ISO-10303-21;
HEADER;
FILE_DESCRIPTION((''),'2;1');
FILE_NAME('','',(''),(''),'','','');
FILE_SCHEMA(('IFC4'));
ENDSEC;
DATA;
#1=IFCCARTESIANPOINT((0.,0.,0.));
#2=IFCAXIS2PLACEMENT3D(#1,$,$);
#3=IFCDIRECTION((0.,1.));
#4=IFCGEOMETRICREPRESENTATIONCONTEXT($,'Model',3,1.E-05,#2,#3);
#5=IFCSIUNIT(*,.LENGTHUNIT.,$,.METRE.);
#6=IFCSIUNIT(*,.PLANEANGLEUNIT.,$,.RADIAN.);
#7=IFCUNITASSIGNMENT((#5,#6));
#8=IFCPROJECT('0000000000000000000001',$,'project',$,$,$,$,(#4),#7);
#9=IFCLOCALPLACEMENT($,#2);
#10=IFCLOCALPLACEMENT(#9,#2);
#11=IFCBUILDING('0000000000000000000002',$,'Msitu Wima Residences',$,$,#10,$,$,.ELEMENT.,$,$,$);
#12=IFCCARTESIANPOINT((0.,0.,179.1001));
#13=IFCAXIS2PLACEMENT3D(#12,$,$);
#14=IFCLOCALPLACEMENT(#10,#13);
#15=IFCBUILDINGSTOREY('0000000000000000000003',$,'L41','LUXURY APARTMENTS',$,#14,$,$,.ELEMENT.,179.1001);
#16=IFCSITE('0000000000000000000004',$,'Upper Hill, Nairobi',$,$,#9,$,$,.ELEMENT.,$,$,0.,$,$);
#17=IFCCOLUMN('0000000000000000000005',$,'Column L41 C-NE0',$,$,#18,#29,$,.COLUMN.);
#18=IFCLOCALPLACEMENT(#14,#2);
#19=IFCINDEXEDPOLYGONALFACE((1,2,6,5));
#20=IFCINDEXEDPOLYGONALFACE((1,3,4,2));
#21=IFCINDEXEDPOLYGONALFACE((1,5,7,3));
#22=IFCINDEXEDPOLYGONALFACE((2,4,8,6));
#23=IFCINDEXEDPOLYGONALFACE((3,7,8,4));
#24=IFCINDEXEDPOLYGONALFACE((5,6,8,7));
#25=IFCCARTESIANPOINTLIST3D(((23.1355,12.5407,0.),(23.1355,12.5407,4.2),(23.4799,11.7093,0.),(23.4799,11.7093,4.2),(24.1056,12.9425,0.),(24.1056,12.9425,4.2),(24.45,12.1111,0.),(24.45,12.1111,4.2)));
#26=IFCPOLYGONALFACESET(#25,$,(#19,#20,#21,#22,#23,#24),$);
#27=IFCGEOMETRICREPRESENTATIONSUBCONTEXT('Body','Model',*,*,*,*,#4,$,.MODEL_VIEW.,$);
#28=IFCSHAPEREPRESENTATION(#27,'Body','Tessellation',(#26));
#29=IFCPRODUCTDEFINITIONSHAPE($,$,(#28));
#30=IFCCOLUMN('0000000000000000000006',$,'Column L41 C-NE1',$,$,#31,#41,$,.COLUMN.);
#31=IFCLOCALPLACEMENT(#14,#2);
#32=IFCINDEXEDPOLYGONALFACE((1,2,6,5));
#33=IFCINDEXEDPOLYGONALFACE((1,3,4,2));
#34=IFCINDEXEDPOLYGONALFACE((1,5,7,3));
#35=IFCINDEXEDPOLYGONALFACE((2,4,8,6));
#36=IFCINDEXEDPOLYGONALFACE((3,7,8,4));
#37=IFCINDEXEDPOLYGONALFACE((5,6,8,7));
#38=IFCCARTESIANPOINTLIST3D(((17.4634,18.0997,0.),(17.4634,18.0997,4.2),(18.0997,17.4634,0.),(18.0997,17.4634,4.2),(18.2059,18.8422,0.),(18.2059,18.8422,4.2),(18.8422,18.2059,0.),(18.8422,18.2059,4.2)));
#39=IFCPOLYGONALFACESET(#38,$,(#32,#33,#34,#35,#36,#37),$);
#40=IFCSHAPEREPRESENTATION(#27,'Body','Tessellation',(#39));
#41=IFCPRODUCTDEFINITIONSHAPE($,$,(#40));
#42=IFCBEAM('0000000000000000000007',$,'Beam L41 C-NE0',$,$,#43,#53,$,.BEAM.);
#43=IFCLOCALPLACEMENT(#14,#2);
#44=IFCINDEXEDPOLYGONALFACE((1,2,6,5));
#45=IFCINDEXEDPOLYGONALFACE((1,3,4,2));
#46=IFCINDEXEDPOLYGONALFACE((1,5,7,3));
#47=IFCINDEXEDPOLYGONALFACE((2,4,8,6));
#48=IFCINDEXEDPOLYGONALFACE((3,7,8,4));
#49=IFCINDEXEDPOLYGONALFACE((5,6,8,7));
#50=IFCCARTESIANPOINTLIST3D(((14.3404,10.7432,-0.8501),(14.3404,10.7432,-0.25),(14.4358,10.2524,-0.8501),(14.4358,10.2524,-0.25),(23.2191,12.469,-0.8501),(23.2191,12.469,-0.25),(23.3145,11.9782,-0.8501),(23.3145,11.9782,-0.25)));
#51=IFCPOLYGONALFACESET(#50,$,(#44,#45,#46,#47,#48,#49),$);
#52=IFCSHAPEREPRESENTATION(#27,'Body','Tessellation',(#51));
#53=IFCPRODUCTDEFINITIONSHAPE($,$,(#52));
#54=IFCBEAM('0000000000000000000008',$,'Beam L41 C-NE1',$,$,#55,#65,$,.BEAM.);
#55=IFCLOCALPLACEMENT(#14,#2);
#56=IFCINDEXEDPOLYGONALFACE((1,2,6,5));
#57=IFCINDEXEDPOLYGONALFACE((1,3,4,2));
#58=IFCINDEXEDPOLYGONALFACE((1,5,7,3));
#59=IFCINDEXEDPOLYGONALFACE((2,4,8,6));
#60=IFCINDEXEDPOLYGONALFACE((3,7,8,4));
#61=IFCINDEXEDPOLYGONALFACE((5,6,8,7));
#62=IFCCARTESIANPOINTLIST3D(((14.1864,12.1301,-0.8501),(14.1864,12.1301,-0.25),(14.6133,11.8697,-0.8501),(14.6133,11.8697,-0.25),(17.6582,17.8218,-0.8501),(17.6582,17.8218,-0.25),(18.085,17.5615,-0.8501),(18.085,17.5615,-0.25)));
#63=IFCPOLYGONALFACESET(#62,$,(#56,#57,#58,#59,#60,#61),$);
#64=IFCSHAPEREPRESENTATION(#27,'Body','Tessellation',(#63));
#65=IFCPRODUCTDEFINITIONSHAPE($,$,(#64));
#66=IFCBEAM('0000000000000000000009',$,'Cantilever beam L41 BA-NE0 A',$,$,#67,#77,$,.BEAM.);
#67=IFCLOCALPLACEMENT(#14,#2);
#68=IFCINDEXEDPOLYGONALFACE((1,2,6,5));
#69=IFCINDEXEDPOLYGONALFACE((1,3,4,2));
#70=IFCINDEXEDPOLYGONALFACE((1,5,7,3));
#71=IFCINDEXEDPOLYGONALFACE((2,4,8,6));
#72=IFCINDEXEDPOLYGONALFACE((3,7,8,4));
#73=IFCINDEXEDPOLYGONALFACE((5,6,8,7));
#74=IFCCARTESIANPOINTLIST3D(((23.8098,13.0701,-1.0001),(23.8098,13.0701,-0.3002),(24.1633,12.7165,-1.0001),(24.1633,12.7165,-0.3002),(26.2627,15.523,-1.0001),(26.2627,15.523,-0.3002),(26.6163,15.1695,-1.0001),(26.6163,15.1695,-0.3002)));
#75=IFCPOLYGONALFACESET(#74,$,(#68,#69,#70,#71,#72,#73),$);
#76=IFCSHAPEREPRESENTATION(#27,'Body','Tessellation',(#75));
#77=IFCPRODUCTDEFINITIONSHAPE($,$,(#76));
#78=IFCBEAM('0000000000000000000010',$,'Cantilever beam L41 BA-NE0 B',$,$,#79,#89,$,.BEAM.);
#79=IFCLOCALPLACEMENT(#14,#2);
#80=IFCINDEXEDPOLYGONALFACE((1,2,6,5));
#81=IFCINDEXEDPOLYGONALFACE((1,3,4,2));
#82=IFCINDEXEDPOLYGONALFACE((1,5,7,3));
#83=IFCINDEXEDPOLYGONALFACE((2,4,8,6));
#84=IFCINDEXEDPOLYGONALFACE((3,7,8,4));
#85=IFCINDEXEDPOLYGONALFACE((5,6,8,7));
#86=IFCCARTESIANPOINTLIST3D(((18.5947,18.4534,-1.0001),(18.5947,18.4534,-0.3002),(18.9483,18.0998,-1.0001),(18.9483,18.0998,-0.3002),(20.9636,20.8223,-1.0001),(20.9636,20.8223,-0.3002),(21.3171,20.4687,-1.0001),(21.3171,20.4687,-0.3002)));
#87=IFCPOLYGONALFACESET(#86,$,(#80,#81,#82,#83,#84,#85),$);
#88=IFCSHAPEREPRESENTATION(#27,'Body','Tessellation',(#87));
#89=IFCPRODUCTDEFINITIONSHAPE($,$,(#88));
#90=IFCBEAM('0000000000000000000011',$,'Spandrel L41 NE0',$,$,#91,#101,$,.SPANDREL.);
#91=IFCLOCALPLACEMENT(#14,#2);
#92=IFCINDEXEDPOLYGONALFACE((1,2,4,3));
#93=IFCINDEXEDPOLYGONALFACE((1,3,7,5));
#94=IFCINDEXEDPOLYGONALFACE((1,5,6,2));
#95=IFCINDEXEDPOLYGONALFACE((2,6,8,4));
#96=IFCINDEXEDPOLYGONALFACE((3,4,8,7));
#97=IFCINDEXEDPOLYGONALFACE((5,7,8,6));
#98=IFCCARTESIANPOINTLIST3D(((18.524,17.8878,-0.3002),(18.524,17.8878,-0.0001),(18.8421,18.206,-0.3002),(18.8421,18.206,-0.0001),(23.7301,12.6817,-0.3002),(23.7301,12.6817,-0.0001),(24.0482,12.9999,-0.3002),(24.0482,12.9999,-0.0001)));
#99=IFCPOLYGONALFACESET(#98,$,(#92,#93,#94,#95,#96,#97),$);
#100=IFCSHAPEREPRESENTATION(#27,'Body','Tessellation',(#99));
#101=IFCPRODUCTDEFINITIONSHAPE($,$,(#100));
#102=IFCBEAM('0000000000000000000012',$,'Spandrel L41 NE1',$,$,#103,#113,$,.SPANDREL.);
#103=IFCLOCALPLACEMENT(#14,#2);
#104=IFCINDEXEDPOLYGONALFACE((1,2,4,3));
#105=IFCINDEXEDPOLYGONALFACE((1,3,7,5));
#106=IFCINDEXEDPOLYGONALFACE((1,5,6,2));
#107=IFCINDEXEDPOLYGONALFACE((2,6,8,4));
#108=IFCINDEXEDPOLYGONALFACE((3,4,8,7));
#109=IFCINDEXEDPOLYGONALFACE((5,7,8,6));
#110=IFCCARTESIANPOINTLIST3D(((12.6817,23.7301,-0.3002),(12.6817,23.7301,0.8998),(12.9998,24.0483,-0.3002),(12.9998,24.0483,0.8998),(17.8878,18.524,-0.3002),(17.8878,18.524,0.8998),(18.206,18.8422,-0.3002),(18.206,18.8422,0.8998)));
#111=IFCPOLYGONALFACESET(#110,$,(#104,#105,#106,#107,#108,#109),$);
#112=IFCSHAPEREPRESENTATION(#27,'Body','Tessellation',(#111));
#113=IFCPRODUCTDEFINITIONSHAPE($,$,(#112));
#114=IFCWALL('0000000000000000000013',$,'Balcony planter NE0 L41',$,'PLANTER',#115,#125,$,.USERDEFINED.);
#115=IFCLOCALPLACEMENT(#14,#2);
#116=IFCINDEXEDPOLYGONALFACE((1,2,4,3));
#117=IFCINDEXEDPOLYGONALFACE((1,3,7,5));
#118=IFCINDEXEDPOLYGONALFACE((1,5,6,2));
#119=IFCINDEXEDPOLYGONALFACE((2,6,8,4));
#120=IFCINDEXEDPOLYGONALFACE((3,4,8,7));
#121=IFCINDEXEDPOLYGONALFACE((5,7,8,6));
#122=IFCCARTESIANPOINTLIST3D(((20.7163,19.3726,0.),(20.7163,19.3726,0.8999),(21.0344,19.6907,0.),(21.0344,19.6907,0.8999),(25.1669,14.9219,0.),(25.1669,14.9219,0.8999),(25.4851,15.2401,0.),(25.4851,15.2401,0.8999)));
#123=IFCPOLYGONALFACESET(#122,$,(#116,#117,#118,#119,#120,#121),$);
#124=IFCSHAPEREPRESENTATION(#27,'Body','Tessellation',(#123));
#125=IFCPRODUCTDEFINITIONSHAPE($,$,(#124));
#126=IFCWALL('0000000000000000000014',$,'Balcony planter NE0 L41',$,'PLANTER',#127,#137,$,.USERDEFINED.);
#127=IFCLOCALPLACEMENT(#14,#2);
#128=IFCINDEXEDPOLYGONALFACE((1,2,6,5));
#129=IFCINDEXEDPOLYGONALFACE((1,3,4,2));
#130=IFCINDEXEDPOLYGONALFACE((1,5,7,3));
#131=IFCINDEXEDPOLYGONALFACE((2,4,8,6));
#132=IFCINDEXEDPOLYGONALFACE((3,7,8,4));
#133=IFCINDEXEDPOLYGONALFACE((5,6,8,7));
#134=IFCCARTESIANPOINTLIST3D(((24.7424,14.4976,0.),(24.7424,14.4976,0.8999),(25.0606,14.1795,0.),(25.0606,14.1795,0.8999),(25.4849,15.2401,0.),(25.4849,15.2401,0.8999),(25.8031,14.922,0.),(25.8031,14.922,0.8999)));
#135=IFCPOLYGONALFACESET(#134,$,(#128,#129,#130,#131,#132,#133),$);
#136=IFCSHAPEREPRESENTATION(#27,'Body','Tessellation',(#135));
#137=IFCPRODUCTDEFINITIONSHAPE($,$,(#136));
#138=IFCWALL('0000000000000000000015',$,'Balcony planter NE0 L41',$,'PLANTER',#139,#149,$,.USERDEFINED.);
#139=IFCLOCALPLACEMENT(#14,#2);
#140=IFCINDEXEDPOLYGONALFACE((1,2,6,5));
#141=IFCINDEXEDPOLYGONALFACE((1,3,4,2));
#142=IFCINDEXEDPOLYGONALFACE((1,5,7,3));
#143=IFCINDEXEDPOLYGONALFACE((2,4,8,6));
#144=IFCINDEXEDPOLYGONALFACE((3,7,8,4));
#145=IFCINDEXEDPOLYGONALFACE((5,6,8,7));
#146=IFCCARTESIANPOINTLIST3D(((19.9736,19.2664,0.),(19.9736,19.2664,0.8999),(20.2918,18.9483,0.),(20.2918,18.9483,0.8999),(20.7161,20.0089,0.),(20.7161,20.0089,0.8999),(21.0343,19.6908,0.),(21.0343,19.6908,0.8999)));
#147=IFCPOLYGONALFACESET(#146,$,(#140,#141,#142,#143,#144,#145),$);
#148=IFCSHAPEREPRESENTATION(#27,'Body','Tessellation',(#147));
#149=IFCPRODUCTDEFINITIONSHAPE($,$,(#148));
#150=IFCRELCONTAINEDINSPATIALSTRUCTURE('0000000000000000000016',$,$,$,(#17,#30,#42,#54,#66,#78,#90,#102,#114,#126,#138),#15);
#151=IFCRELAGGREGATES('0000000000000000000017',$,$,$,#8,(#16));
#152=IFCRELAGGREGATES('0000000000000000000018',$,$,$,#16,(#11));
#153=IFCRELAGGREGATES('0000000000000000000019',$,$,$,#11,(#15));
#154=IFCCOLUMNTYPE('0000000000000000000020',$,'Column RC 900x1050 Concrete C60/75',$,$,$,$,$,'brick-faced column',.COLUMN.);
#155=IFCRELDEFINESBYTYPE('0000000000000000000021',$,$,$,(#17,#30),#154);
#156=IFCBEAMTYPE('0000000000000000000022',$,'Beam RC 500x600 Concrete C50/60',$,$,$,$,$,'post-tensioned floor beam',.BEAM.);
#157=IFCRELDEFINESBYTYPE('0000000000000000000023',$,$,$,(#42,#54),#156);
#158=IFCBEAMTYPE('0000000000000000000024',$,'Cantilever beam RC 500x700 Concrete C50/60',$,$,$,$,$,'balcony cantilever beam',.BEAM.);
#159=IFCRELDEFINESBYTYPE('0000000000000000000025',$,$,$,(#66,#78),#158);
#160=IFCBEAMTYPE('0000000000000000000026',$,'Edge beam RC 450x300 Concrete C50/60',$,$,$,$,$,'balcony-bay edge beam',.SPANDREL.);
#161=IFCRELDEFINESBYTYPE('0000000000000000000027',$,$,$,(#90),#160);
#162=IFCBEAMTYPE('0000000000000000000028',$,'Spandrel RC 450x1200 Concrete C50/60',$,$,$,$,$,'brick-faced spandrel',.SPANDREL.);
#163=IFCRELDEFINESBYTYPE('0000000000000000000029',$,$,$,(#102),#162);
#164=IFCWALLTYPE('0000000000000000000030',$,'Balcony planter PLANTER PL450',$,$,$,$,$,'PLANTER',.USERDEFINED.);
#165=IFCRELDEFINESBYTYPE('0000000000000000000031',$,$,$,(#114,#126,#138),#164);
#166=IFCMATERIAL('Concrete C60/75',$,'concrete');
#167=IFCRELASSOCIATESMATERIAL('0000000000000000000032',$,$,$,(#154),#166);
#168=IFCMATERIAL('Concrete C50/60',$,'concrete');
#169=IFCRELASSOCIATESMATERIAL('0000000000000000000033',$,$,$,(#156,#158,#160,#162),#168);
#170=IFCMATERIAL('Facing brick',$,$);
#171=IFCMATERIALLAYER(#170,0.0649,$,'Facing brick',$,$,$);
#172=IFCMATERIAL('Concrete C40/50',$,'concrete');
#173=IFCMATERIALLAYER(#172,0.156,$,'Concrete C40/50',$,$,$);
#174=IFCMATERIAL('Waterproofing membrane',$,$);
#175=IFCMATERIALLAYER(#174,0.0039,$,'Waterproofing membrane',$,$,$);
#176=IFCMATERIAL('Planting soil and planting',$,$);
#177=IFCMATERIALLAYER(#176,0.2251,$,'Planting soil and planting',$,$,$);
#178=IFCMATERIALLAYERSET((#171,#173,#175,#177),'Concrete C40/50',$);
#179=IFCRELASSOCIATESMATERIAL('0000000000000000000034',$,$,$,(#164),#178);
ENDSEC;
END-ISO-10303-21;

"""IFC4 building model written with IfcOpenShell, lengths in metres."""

from ifc_helpers import new_model, si_unit, direction, frame, frame_2d, origin, origin_2d, place, context, subcontext, project, spatial, rectangle, extrude, material, layer, layer_set, material_profile, profile_set, type_object, element, save


model = new_model("IFC4")

# Units and contexts
model_context = context("Model", 3, precision=1e-05, world=origin(), true_north=direction((0.0, 1.0)))
body_context = subcontext(model_context, "Body", "Model", "MODEL_VIEW")
ifc_project = project(units=[si_unit("LENGTHUNIT", "METRE"), si_unit("PLANEANGLEUNIT", "RADIAN")], contexts=[model_context])

# Site, building, storey
site_placement = place(None, origin())
site = spatial("IfcSite", under=ifc_project, at=site_placement, Name="Upper Hill, Nairobi", CompositionType="ELEMENT", RefElevation=0.0)
building_placement = place(site_placement, origin())
building = spatial("IfcBuilding", under=site, at=building_placement, Name="Msitu Wima Residences", CompositionType="ELEMENT")
storey_placement = place(building_placement, frame((0.0, 0.0, 179.1001)))
storey = spatial("IfcBuildingStorey", under=building, at=storey_placement, Name="L41", Description="LUXURY APARTMENTS", CompositionType="ELEMENT", Elevation=179.1001)

# Columns
ifc_material_1 = material(Name="Concrete C60/75", Category="concrete")
ifc_material_profile_1 = material_profile(ifc_material_1, rectangle(XDim=0.8999, YDim=1.05, at=origin_2d()), Name="RC 900x1050")
ifc_profile_set_1 = profile_set([ifc_material_profile_1], Name="Concrete C60/75")
column_type = type_object("IfcColumnType", Name="Column RC 900x1050 Concrete C60/75", ElementType="brick-faced column", PredefinedType="COLUMN", material=ifc_profile_set_1)
for number, where, z_axis, x_axis, name in (
    (1, (23.7927, 12.3259, 0.0), (0.0, 0.0, 1.0), (-0.382683, 0.92388, 0.0), "Column L41 C-NE0"),
    (2, (18.1528, 18.1528, 0.0), (0.0, 0.0, 1.0), (-0.707107, 0.707107, 0.0), "Column L41 C-NE1"),
):
    element("IfcColumn", number, at=place(storey_placement, frame(where, z_axis=z_axis, x_axis=x_axis)), inside=storey, type_object=column_type, Name=name, PredefinedType="COLUMN", context=body_context, shape_type="SweptSolid", body=[
        extrude(rectangle(XDim=0.8999, YDim=1.05, at=origin_2d()), origin(), (0.0, 0.0, 1.0), 4.2),
    ])

# Beams
ifc_material_2 = material(Name="Concrete C50/60", Category="concrete")
ifc_material_profile_2 = material_profile(ifc_material_2, rectangle(XDim=0.5, YDim=0.6001, at=origin_2d()), Name="RC 500x600")
ifc_profile_set_2 = profile_set([ifc_material_profile_2], Name="Concrete C50/60")
beam_type_1 = type_object("IfcBeamType", Name="Beam RC 500x600 Concrete C50/60", ElementType="post-tensioned floor beam", PredefinedType="BEAM", material=ifc_profile_set_2)
beam_1_placement = place(storey_placement, frame((23.2668, 12.2236, -0.55), z_axis=(-0.981627, -0.190808, 0.0), x_axis=(0.190808, -0.981627, 0.0)))
element("IfcBeam", 3, at=beam_1_placement, inside=storey, type_object=beam_type_1, Name="Beam L41 C-NE0", PredefinedType="BEAM", context=body_context, shape_type="SweptSolid", body=[
    extrude(rectangle(XDim=0.5, YDim=0.6001, at=origin_2d()), origin(), (0.0, 0.0, 1.0), 9.0449),
])
beam_2_placement = place(storey_placement, frame((17.8716, 17.6917, -0.55), z_axis=(-0.520734, -0.853719, 0.0), x_axis=(0.853719, -0.520734, 0.0)))
element("IfcBeam", 4, at=beam_2_placement, inside=storey, type_object=beam_type_1, Name="Beam L41 C-NE1", PredefinedType="BEAM", context=body_context, shape_type="SweptSolid", body=[
    extrude(rectangle(XDim=0.5, YDim=0.6001, at=origin_2d()), origin(), (0.0, 0.0, 1.0), 6.667),
])
ifc_material_profile_3 = material_profile(ifc_material_2, rectangle(XDim=0.5, YDim=0.7, at=origin_2d()), Name="RC 500x700")
ifc_profile_set_3 = profile_set([ifc_material_profile_3], Name="Concrete C50/60")
beam_type_2 = type_object("IfcBeamType", Name="Cantilever beam RC 500x700 Concrete C50/60", ElementType="balcony cantilever beam", PredefinedType="BEAM", material=ifc_profile_set_3)
beam_3_placement = place(storey_placement, frame((23.9866, 12.8933, -0.6501), z_axis=(0.707107, 0.707107, 0.0), x_axis=(-0.707107, 0.707107, 0.0)))
element("IfcBeam", 5, at=beam_3_placement, inside=storey, type_object=beam_type_2, Name="Cantilever beam L41 BA-NE0 A", PredefinedType="BEAM", context=body_context, shape_type="SweptSolid", body=[
    extrude(rectangle(XDim=0.5, YDim=0.7, at=origin_2d()), origin(), (0.0, 0.0, 1.0), 3.469),
])
beam_4_placement = place(storey_placement, frame((18.7715, 18.2766, -0.6501), z_axis=(0.707107, 0.707107, 0.0), x_axis=(-0.707107, 0.707107, 0.0)))
element("IfcBeam", 6, at=beam_4_placement, inside=storey, type_object=beam_type_2, Name="Cantilever beam L41 BA-NE0 B", PredefinedType="BEAM", context=body_context, shape_type="SweptSolid", body=[
    extrude(rectangle(XDim=0.5, YDim=0.7, at=origin_2d()), origin(), (0.0, 0.0, 1.0), 3.3501),
])
ifc_material_profile_4 = material_profile(ifc_material_2, rectangle(XDim=0.45, YDim=0.3, at=origin_2d()), Name="RC 450x300")
ifc_profile_set_4 = profile_set([ifc_material_profile_4], Name="Concrete C50/60")
beam_type_3 = type_object("IfcBeamType", Name="Edge beam RC 450x300 Concrete C50/60", ElementType="balcony-bay edge beam", PredefinedType="SPANDREL", material=ifc_profile_set_4)
beam_5_placement = place(storey_placement, frame((23.8892, 12.8408, -0.1501), z_axis=(-0.707107, 0.707107, 0.0), x_axis=(-0.707107, -0.707107, 0.0)))
element("IfcBeam", 7, at=beam_5_placement, inside=storey, type_object=beam_type_3, Name="Spandrel L41 NE0", PredefinedType="SPANDREL", context=body_context, shape_type="SweptSolid", body=[
    extrude(rectangle(XDim=0.45, YDim=0.3, at=origin_2d()), origin(), (0.0, 0.0, 1.0), 7.3625),
])
ifc_material_profile_5 = material_profile(ifc_material_2, rectangle(XDim=0.45, YDim=1.2, at=origin_2d()), Name="RC 450x1200")
ifc_profile_set_5 = profile_set([ifc_material_profile_5], Name="Concrete C50/60")
beam_type_4 = type_object("IfcBeamType", Name="Spandrel RC 450x1200 Concrete C50/60", ElementType="brick-faced spandrel", PredefinedType="SPANDREL", material=ifc_profile_set_5)
beam_6_placement = place(storey_placement, frame((18.0469, 18.6831, 0.2998), z_axis=(-0.707107, 0.707107, 0.0), x_axis=(-0.707107, -0.707107, 0.0)))
element("IfcBeam", 8, at=beam_6_placement, inside=storey, type_object=beam_type_4, Name="Spandrel L41 NE1", PredefinedType="SPANDREL", context=body_context, shape_type="SweptSolid", body=[
    extrude(rectangle(XDim=0.45, YDim=1.2, at=origin_2d()), origin(), (0.0, 0.0, 1.0), 7.3625),
])

# Walls
ifc_material_3 = material(Name="Facing brick")
ifc_layer_1 = layer(ifc_material_3, 0.0649, Name="Facing brick")
ifc_material_4 = material(Name="Concrete C40/50", Category="concrete")
ifc_layer_2 = layer(ifc_material_4, 0.156, Name="Concrete C40/50")
ifc_material_5 = material(Name="Waterproofing membrane")
ifc_layer_3 = layer(ifc_material_5, 0.0039, Name="Waterproofing membrane")
ifc_material_6 = material(Name="Planting soil and planting")
ifc_layer_4 = layer(ifc_material_6, 0.2251, Name="Planting soil and planting")
ifc_layer_set_1 = layer_set([ifc_layer_1, ifc_layer_2, ifc_layer_3, ifc_layer_4], Name="Concrete C40/50")
wall_type_1 = type_object("IfcWallType", Name="Balcony planter PLANTER PL450", ElementType="PLANTER", PredefinedType="USERDEFINED", material=ifc_layer_set_1)
wall_1_placement = place(storey_placement, frame((25.3259, 15.0811, 0.0), z_axis=(0.0, 0.0, 1.0), x_axis=(-0.707107, 0.707107, 0.0)))
element("IfcWall", 9, at=wall_1_placement, inside=storey, type_object=wall_type_1, Name="Balcony planter NE0 L41", ObjectType="PLANTER", PredefinedType="USERDEFINED", context=body_context, shape_type="SweptSolid", body=[
    extrude(rectangle(XDim=6.2942, YDim=0.45, at=frame_2d((3.147, 0.0))), origin(), (0.0, 0.0, 1.0), 0.8999),
])
for number, where, z_axis, x_axis, name in (
    (10, (24.9016, 14.3386, 0.0), (0.0, 0.0, 1.0), (0.707107, 0.707107, 0.0), "Balcony planter NE0 L41"),
    (11, (20.1328, 19.1074, 0.0), (0.0, 0.0, 1.0), (0.707107, 0.707107, 0.0), "Balcony planter NE0 L41"),
):
    element("IfcWall", number, at=place(storey_placement, frame(where, z_axis=z_axis, x_axis=x_axis)), inside=storey, type_object=wall_type_1, Name=name, ObjectType="PLANTER", PredefinedType="USERDEFINED", context=body_context, shape_type="SweptSolid", body=[
        extrude(rectangle(XDim=1.05, YDim=0.45, at=frame_2d((0.5249, 0.0))), origin(), (0.0, 0.0, 1.0), 0.8999),
    ])

save(model, "model.ifc")
